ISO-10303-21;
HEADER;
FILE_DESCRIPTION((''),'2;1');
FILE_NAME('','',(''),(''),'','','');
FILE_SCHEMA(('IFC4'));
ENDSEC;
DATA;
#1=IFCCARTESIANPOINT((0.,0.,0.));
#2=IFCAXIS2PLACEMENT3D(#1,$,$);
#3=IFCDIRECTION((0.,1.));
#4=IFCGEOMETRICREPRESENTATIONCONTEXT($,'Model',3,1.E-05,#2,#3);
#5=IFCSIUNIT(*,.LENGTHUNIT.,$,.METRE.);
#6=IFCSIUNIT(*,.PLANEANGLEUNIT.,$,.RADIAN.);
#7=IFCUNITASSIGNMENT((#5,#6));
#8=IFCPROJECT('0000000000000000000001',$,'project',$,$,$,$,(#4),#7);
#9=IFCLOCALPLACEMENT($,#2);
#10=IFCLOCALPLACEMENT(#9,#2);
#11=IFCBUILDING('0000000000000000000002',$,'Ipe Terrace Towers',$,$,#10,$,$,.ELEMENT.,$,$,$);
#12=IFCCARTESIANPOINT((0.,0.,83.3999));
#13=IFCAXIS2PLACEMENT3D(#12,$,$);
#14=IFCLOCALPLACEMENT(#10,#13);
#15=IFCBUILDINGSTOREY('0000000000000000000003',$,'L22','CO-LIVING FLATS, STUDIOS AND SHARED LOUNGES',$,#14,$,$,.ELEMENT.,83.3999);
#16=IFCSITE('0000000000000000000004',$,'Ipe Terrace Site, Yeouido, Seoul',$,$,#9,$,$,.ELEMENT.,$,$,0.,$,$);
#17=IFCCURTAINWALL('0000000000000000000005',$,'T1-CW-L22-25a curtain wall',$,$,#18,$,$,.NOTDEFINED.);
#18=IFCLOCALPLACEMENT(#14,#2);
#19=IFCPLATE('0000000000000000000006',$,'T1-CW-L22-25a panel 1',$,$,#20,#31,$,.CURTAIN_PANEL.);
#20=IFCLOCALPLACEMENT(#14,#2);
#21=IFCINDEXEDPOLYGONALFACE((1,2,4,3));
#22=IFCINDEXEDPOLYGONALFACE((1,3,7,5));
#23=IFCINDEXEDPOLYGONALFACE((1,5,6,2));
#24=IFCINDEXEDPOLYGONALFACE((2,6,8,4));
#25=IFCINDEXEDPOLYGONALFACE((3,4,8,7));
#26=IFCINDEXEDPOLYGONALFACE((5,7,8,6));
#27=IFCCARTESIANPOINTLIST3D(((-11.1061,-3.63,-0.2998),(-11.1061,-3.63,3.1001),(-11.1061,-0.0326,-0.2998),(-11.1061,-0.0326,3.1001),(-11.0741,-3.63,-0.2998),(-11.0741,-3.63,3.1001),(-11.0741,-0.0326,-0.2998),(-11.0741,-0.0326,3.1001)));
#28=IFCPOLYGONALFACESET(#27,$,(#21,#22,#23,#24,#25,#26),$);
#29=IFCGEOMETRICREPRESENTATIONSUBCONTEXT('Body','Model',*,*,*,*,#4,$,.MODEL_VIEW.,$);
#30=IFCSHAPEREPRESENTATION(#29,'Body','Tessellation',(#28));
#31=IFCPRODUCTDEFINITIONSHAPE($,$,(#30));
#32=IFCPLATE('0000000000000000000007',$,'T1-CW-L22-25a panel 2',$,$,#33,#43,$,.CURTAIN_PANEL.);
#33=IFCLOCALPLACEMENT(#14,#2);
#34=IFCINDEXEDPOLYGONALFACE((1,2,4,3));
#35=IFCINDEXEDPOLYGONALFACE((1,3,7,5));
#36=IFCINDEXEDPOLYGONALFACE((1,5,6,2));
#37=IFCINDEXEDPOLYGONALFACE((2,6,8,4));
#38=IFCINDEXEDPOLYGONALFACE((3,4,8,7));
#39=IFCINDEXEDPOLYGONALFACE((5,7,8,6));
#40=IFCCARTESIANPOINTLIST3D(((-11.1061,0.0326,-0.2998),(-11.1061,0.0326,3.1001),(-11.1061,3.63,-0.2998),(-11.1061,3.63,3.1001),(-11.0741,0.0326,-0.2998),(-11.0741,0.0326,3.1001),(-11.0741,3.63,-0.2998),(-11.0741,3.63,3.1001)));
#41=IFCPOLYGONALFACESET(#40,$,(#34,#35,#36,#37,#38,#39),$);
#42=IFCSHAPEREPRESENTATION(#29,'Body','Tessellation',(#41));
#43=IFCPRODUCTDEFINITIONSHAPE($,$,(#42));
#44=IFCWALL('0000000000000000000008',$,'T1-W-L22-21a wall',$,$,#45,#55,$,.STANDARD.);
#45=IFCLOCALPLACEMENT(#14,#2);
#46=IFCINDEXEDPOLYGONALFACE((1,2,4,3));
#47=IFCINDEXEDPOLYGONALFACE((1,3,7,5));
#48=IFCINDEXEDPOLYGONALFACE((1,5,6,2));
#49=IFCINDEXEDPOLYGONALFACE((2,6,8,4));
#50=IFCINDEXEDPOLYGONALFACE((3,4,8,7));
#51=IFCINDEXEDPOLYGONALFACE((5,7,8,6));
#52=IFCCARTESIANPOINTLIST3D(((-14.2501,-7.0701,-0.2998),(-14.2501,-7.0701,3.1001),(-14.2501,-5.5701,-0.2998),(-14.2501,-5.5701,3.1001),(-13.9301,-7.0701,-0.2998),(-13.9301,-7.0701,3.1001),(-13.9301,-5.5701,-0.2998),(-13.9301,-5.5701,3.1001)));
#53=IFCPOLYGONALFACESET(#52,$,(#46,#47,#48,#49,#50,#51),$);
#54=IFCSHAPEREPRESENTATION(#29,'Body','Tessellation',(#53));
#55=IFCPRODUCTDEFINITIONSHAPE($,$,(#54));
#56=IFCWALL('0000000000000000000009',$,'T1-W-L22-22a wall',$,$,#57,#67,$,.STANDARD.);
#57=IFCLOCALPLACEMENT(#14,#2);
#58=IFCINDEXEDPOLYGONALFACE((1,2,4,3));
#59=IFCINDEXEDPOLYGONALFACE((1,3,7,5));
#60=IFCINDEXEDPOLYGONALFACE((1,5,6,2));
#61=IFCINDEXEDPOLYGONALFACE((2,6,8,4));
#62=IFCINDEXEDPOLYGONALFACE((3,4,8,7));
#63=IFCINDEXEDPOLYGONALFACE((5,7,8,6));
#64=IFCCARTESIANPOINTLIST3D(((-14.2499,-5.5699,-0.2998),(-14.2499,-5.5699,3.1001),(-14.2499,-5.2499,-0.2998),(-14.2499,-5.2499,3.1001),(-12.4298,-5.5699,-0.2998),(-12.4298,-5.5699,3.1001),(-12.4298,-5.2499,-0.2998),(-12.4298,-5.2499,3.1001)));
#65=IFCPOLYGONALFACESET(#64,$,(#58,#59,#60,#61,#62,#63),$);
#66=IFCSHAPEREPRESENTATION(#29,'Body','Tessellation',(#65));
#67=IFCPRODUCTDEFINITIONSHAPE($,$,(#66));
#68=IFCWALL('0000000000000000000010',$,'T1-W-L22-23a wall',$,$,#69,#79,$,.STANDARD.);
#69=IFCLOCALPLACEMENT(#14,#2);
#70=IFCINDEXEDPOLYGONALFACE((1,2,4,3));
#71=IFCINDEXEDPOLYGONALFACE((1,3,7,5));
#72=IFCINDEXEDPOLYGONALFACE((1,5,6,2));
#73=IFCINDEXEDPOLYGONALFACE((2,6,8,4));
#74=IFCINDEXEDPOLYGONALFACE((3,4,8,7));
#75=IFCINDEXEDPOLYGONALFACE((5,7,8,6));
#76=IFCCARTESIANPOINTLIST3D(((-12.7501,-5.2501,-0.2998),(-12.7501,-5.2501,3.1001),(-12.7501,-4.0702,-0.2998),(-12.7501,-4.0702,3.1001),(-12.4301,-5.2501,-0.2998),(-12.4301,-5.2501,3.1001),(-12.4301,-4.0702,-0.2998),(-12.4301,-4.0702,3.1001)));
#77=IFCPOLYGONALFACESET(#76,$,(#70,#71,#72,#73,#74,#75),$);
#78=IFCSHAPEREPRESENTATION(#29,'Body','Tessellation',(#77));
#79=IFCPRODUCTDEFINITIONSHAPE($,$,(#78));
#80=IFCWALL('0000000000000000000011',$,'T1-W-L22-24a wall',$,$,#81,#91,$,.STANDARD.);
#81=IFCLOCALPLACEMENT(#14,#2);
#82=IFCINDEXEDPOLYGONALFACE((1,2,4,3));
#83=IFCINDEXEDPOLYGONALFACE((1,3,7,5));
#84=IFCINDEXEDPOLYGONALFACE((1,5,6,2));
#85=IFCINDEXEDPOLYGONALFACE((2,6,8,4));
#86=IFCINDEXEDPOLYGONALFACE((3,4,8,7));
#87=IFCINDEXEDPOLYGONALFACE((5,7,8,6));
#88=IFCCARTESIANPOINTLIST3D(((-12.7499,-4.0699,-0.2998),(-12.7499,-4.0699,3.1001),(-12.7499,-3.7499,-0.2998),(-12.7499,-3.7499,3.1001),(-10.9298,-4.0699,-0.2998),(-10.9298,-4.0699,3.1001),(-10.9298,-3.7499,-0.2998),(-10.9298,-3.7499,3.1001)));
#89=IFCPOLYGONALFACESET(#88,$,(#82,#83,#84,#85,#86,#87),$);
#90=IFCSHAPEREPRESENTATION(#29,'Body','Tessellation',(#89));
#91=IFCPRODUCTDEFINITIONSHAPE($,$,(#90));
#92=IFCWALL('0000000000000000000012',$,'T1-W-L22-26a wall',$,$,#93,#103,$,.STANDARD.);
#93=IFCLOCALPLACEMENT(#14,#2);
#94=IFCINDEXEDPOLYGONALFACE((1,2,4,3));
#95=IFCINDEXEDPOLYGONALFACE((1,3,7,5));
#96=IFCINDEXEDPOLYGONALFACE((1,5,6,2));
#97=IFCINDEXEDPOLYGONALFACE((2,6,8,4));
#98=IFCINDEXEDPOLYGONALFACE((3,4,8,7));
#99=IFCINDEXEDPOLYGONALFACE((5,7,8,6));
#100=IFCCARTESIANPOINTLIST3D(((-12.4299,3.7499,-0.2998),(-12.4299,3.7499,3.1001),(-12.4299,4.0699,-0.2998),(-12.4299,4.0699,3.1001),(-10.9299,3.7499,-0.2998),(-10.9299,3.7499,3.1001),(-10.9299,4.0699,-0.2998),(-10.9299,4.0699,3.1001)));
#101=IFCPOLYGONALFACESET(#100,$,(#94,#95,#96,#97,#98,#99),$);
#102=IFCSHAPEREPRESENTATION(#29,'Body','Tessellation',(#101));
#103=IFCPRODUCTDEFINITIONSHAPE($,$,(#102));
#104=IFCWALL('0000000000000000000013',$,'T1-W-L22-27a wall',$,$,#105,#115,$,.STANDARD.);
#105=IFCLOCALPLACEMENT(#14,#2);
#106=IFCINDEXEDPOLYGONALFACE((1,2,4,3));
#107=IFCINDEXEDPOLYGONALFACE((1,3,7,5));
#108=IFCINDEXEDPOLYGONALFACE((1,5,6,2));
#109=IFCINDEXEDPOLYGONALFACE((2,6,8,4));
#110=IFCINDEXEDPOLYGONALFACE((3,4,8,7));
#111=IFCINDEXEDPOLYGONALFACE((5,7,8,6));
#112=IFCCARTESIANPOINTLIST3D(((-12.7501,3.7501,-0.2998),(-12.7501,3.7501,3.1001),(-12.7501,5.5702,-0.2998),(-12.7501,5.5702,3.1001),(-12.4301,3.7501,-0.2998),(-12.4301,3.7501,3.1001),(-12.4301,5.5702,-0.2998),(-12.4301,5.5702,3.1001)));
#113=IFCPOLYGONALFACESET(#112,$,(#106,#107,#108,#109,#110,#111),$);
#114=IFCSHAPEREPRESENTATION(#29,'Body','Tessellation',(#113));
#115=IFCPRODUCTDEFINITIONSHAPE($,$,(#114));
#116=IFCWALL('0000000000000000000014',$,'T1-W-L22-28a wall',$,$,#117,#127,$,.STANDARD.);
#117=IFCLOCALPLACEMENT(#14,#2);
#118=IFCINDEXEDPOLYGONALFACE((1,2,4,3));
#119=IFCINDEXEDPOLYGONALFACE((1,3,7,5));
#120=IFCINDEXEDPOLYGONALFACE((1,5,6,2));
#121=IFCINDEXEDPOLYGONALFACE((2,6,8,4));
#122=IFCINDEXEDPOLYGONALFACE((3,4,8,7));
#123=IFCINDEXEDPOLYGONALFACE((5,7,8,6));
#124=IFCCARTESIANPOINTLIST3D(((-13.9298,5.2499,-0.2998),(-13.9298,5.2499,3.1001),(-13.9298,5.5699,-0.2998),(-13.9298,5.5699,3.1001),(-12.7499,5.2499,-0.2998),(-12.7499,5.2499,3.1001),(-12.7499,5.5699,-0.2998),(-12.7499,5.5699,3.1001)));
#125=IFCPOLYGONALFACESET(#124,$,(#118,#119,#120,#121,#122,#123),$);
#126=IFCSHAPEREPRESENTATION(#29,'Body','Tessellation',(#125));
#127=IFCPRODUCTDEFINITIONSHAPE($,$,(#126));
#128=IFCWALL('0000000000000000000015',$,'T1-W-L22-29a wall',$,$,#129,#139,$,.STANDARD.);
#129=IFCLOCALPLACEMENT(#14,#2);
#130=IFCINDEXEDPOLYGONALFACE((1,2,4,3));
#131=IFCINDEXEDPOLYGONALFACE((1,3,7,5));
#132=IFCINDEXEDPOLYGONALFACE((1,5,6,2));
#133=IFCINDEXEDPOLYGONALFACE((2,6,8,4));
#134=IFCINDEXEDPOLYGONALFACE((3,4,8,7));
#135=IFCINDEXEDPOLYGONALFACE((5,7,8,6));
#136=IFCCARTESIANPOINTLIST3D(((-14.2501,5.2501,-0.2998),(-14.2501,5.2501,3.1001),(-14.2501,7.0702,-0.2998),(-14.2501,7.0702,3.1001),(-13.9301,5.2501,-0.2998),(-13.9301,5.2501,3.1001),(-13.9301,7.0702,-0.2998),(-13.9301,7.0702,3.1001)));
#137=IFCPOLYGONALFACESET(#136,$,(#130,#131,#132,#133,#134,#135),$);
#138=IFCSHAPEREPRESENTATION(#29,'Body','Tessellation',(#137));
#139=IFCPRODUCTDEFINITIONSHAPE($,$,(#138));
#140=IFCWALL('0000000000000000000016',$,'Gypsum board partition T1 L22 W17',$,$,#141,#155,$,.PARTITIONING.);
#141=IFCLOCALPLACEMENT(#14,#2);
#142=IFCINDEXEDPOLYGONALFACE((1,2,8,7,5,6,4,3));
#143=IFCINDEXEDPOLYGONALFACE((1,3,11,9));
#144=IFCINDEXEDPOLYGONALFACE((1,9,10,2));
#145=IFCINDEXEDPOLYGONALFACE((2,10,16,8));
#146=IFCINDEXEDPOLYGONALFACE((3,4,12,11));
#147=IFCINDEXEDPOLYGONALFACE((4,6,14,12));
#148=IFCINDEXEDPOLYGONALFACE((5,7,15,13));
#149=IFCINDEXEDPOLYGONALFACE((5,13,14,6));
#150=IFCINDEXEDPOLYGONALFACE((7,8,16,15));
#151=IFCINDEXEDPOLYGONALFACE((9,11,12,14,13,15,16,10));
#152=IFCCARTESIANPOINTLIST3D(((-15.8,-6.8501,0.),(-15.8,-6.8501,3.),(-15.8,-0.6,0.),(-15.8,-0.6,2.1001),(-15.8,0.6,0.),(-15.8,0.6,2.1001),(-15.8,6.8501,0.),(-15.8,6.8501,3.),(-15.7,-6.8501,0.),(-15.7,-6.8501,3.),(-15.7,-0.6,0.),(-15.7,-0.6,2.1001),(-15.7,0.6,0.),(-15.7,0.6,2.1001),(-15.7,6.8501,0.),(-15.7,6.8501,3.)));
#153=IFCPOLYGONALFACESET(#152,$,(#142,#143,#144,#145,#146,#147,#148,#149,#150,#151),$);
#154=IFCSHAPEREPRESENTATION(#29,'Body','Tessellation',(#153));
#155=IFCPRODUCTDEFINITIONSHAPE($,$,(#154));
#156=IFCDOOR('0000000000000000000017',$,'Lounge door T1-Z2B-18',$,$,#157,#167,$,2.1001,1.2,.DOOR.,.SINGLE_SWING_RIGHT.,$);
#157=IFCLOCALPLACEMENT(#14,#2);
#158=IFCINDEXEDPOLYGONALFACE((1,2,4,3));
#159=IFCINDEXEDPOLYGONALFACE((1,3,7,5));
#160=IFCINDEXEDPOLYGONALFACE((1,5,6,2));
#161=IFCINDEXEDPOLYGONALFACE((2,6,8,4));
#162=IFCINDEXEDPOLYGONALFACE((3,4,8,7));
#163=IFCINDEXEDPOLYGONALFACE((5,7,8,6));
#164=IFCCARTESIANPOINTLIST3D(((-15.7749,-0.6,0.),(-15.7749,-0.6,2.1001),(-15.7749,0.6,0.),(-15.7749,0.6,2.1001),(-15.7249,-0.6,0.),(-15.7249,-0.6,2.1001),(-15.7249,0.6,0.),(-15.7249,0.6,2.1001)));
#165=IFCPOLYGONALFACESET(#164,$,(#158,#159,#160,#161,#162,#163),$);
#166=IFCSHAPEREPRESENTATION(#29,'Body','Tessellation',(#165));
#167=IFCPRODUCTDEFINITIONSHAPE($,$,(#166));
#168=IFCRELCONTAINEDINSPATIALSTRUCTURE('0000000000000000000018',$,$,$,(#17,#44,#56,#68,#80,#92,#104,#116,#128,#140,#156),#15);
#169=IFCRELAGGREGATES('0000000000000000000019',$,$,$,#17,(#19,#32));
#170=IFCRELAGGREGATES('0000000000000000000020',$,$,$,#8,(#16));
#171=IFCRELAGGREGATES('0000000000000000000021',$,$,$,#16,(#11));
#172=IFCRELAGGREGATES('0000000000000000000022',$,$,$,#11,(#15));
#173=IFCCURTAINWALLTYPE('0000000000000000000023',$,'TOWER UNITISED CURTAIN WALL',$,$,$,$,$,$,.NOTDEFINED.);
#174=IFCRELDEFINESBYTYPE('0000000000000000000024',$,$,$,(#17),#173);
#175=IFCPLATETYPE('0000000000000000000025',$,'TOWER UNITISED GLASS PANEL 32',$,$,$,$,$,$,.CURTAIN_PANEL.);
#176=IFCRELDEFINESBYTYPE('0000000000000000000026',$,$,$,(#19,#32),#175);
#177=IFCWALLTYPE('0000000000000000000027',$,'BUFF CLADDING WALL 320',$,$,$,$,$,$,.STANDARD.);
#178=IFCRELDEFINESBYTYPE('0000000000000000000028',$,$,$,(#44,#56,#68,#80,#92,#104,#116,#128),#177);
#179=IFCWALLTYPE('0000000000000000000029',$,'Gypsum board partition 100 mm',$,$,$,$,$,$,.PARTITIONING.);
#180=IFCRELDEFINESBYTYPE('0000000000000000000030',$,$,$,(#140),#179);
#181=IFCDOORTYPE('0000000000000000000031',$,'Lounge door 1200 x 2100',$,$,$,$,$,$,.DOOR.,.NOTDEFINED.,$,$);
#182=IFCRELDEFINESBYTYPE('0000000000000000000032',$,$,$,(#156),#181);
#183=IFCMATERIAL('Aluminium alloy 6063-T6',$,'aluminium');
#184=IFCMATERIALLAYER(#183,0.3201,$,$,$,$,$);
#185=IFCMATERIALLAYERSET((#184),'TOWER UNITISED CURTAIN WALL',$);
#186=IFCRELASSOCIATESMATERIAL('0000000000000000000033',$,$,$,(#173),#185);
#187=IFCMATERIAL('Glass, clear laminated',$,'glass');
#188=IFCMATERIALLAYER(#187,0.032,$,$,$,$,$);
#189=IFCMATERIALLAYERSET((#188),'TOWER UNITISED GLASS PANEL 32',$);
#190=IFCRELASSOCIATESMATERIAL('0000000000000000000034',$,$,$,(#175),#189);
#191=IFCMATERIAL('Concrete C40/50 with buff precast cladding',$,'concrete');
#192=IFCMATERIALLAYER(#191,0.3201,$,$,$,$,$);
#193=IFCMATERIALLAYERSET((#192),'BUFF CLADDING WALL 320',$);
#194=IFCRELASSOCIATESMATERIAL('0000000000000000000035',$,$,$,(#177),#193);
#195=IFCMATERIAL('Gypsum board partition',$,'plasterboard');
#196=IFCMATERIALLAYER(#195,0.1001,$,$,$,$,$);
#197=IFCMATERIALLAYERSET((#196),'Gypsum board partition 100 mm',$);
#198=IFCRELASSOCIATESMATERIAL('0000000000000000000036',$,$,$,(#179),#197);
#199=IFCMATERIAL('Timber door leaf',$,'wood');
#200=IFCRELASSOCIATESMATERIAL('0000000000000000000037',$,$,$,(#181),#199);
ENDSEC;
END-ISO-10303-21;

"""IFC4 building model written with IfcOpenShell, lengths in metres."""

from ifc_helpers import new_model, si_unit, direction, frame, frame_2d, origin, origin_2d, place, context, subcontext, project, spatial, rectangle, extrude, material, layer, layer_set, type_object, element, fill, aggregate, save


model = new_model("IFC4")

# Units and contexts
model_context = context("Model", 3, precision=1e-05, world=origin(), true_north=direction((0.0, 1.0)))
body_context = subcontext(model_context, "Body", "Model", "MODEL_VIEW")
ifc_project = project(units=[si_unit("LENGTHUNIT", "METRE"), si_unit("PLANEANGLEUNIT", "RADIAN")], contexts=[model_context])

# Site, building, storey
site_placement = place(None, origin())
site = spatial("IfcSite", under=ifc_project, at=site_placement, Name="Ipe Terrace Site, Yeouido, Seoul", CompositionType="ELEMENT", RefElevation=0.0)
building_placement = place(site_placement, origin())
building = spatial("IfcBuilding", under=site, at=building_placement, Name="Ipe Terrace Towers", CompositionType="ELEMENT")
storey_placement = place(building_placement, frame((0.0, 0.0, 83.3999)))
storey = spatial("IfcBuildingStorey", under=building, at=storey_placement, Name="L22", Description="CO-LIVING FLATS, STUDIOS AND SHARED LOUNGES", CompositionType="ELEMENT", Elevation=83.3999)

# Shared definitions
ifc_material_1 = material(Name="Aluminium alloy 6063-T6", Category="aluminium")
ifc_layer_1 = layer(ifc_material_1, 0.3201)
ifc_layer_set_1 = layer_set([ifc_layer_1], Name="TOWER UNITISED CURTAIN WALL")
curtain_wall_type = type_object("IfcCurtainWallType", Name="TOWER UNITISED CURTAIN WALL", PredefinedType="NOTDEFINED", material=ifc_layer_set_1)

# Curtain wall
curtain_wall_1_placement = place(storey_placement, origin())
curtain_wall_1 = element("IfcCurtainWall", 1, at=curtain_wall_1_placement, inside=storey, type_object=curtain_wall_type, Name="T1-CW-L22-25a curtain wall", PredefinedType="NOTDEFINED")

# Plates
ifc_material_2 = material(Name="Glass, clear laminated", Category="glass")
ifc_layer_2 = layer(ifc_material_2, 0.032)
ifc_layer_set_2 = layer_set([ifc_layer_2], Name="TOWER UNITISED GLASS PANEL 32")
plate_type = type_object("IfcPlateType", Name="TOWER UNITISED GLASS PANEL 32", PredefinedType="CURTAIN_PANEL", material=ifc_layer_set_2)
plate_1_placement = place(storey_placement, frame((-11.0901, -1.8313, -0.2998), z_axis=(0.0, 0.0, 1.0), x_axis=(0.0, 1.0, 0.0)))
plate_1 = element("IfcPlate", 2, at=plate_1_placement, type_object=plate_type, Name="T1-CW-L22-25a panel 1", PredefinedType="CURTAIN_PANEL", context=body_context, shape_type="SweptSolid", body=[
    extrude(rectangle(XDim=3.5974, YDim=0.032, at=origin_2d()), origin(), (0.0, 0.0, 1.0), 3.3999),
])
plate_2_placement = place(storey_placement, frame((-11.0901, 1.8313, -0.2998), z_axis=(0.0, 0.0, 1.0), x_axis=(0.0, 1.0, 0.0)))
plate_2 = element("IfcPlate", 3, at=plate_2_placement, type_object=plate_type, Name="T1-CW-L22-25a panel 2", PredefinedType="CURTAIN_PANEL", context=body_context, shape_type="SweptSolid", body=[
    extrude(rectangle(XDim=3.5974, YDim=0.032, at=origin_2d()), origin(), (0.0, 0.0, 1.0), 3.3999),
])
aggregate(curtain_wall_1, [plate_1, plate_2])

# Walls
ifc_material_3 = material(Name="Concrete C40/50 with buff precast cladding", Category="concrete")
ifc_layer_3 = layer(ifc_material_3, 0.3201)
ifc_layer_set_3 = layer_set([ifc_layer_3], Name="BUFF CLADDING WALL 320")
wall_type_1 = type_object("IfcWallType", Name="BUFF CLADDING WALL 320", PredefinedType="STANDARD", material=ifc_layer_set_3)
wall_1_placement = place(storey_placement, frame((-14.0901, -7.0701, -0.2998), z_axis=(0.0, 0.0, 1.0), x_axis=(0.0, 1.0, 0.0)))
element("IfcWall", 4, at=wall_1_placement, inside=storey, type_object=wall_type_1, Name="T1-W-L22-21a wall", PredefinedType="STANDARD", context=body_context, shape_type="SweptSolid", body=[
    extrude(rectangle(XDim=1.5, YDim=0.3201, at=frame_2d((0.75, 0.0))), origin(), (0.0, 0.0, 1.0), 3.3999),
])
wall_2_placement = place(storey_placement, frame((-14.25, -5.4099, -0.2998), z_axis=(0.0, 0.0, 1.0), x_axis=(1.0, 0.0, 0.0)))
element("IfcWall", 5, at=wall_2_placement, inside=storey, type_object=wall_type_1, Name="T1-W-L22-22a wall", PredefinedType="STANDARD", context=body_context, shape_type="SweptSolid", body=[
    extrude(rectangle(XDim=1.8201, YDim=0.3201, at=frame_2d((0.9102, 0.0))), origin(), (0.0, 0.0, 1.0), 3.3999),
])
wall_3_placement = place(storey_placement, frame((-12.5901, -5.25, -0.2998), z_axis=(0.0, 0.0, 1.0), x_axis=(0.0, 1.0, 0.0)))
element("IfcWall", 6, at=wall_3_placement, inside=storey, type_object=wall_type_1, Name="T1-W-L22-23a wall", PredefinedType="STANDARD", context=body_context, shape_type="SweptSolid", body=[
    extrude(rectangle(XDim=1.1799, YDim=0.3201, at=frame_2d((0.5898, 0.0))), origin(), (0.0, 0.0, 1.0), 3.3999),
])
wall_4_placement = place(storey_placement, frame((-12.75, -3.9099, -0.2998), z_axis=(0.0, 0.0, 1.0), x_axis=(1.0, 0.0, 0.0)))
element("IfcWall", 7, at=wall_4_placement, inside=storey, type_object=wall_type_1, Name="T1-W-L22-24a wall", PredefinedType="STANDARD", context=body_context, shape_type="SweptSolid", body=[
    extrude(rectangle(XDim=1.8201, YDim=0.3201, at=frame_2d((0.9102, 0.0))), origin(), (0.0, 0.0, 1.0), 3.3999),
])
wall_5_placement = place(storey_placement, frame((-10.9299, 3.9099, -0.2998), z_axis=(0.0, 0.0, 1.0), x_axis=(-1.0, 0.0, 0.0)))
element("IfcWall", 8, at=wall_5_placement, inside=storey, type_object=wall_type_1, Name="T1-W-L22-26a wall", PredefinedType="STANDARD", context=body_context, shape_type="SweptSolid", body=[
    extrude(rectangle(XDim=1.5, YDim=0.3201, at=frame_2d((0.75, 0.0))), origin(), (0.0, 0.0, 1.0), 3.3999),
])
wall_6_placement = place(storey_placement, frame((-12.5901, 3.75, -0.2998), z_axis=(0.0, 0.0, 1.0), x_axis=(0.0, 1.0, 0.0)))
element("IfcWall", 9, at=wall_6_placement, inside=storey, type_object=wall_type_1, Name="T1-W-L22-27a wall", PredefinedType="STANDARD", context=body_context, shape_type="SweptSolid", body=[
    extrude(rectangle(XDim=1.8201, YDim=0.3201, at=frame_2d((0.9102, 0.0))), origin(), (0.0, 0.0, 1.0), 3.3999),
])
wall_7_placement = place(storey_placement, frame((-12.75, 5.4099, -0.2998), z_axis=(0.0, 0.0, 1.0), x_axis=(-1.0, 0.0, 0.0)))
element("IfcWall", 10, at=wall_7_placement, inside=storey, type_object=wall_type_1, Name="T1-W-L22-28a wall", PredefinedType="STANDARD", context=body_context, shape_type="SweptSolid", body=[
    extrude(rectangle(XDim=1.1799, YDim=0.3201, at=frame_2d((0.5898, 0.0))), origin(), (0.0, 0.0, 1.0), 3.3999),
])
wall_8_placement = place(storey_placement, frame((-14.0901, 5.25, -0.2998), z_axis=(0.0, 0.0, 1.0), x_axis=(0.0, 1.0, 0.0)))
element("IfcWall", 11, at=wall_8_placement, inside=storey, type_object=wall_type_1, Name="T1-W-L22-29a wall", PredefinedType="STANDARD", context=body_context, shape_type="SweptSolid", body=[
    extrude(rectangle(XDim=1.8201, YDim=0.3201, at=frame_2d((0.9102, 0.0))), origin(), (0.0, 0.0, 1.0), 3.3999),
])

# Wall, opening, door
ifc_material_4 = material(Name="Gypsum board partition", Category="plasterboard")
ifc_layer_4 = layer(ifc_material_4, 0.1001)
ifc_layer_set_4 = layer_set([ifc_layer_4], Name="Gypsum board partition 100 mm")
wall_type_2 = type_object("IfcWallType", Name="Gypsum board partition 100 mm", PredefinedType="PARTITIONING", material=ifc_layer_set_4)
wall_9_placement = place(storey_placement, frame((-15.75, -6.8501, 0.0), z_axis=(0.0, 0.0, 1.0), x_axis=(0.0, 1.0, 0.0)))
wall_9 = element("IfcWall", 12, at=wall_9_placement, inside=storey, type_object=wall_type_2, Name="Gypsum board partition T1 L22 W17", PredefinedType="PARTITIONING", context=body_context, shape_type="SweptSolid", body=[
    extrude(rectangle(XDim=13.7002, YDim=0.1001, at=frame_2d((6.8501, 0.0))), origin(), (0.0, 0.0, 1.0), 3.0),
])
opening_placement = place(wall_9_placement, frame((6.25, 0.0, 0.0)))
opening = element("IfcOpeningElement", 13, at=opening_placement, cuts=wall_9, PredefinedType="OPENING", context=body_context, shape_type="SweptSolid", body=[
    extrude(rectangle(XDim=1.2, YDim=2.1001, at=frame_2d((0.6001, 1.05))), frame((0.0, 0.0601, 0.0), z_axis=(0.0, -1.0, 0.0), x_axis=(1.0, 0.0, 0.0)), (0.0, 0.0, 1.0), 0.1201),
])
ifc_material_5 = material(Name="Timber door leaf", Category="wood")
door_type = type_object("IfcDoorType", Name="Lounge door 1200 x 2100", OperationType="NOTDEFINED", PredefinedType="DOOR", material=ifc_material_5)
door_placement = place(opening_placement, origin())
door = element("IfcDoor", 14, at=door_placement, inside=storey, type_object=door_type, Name="Lounge door T1-Z2B-18", OperationType="SINGLE_SWING_RIGHT", OverallHeight=2.1001, OverallWidth=1.2, PredefinedType="DOOR", context=body_context, shape_type="SweptSolid", body=[
    extrude(rectangle(XDim=1.2, YDim=2.1001, at=frame_2d((0.6001, 1.05))), frame((0.0, 0.0249, 0.0), z_axis=(0.0, -1.0, 0.0), x_axis=(1.0, 0.0, 0.0)), (0.0, 0.0, 1.0), 0.05),
])
fill(opening, door)

save(model, "model.ifc")
